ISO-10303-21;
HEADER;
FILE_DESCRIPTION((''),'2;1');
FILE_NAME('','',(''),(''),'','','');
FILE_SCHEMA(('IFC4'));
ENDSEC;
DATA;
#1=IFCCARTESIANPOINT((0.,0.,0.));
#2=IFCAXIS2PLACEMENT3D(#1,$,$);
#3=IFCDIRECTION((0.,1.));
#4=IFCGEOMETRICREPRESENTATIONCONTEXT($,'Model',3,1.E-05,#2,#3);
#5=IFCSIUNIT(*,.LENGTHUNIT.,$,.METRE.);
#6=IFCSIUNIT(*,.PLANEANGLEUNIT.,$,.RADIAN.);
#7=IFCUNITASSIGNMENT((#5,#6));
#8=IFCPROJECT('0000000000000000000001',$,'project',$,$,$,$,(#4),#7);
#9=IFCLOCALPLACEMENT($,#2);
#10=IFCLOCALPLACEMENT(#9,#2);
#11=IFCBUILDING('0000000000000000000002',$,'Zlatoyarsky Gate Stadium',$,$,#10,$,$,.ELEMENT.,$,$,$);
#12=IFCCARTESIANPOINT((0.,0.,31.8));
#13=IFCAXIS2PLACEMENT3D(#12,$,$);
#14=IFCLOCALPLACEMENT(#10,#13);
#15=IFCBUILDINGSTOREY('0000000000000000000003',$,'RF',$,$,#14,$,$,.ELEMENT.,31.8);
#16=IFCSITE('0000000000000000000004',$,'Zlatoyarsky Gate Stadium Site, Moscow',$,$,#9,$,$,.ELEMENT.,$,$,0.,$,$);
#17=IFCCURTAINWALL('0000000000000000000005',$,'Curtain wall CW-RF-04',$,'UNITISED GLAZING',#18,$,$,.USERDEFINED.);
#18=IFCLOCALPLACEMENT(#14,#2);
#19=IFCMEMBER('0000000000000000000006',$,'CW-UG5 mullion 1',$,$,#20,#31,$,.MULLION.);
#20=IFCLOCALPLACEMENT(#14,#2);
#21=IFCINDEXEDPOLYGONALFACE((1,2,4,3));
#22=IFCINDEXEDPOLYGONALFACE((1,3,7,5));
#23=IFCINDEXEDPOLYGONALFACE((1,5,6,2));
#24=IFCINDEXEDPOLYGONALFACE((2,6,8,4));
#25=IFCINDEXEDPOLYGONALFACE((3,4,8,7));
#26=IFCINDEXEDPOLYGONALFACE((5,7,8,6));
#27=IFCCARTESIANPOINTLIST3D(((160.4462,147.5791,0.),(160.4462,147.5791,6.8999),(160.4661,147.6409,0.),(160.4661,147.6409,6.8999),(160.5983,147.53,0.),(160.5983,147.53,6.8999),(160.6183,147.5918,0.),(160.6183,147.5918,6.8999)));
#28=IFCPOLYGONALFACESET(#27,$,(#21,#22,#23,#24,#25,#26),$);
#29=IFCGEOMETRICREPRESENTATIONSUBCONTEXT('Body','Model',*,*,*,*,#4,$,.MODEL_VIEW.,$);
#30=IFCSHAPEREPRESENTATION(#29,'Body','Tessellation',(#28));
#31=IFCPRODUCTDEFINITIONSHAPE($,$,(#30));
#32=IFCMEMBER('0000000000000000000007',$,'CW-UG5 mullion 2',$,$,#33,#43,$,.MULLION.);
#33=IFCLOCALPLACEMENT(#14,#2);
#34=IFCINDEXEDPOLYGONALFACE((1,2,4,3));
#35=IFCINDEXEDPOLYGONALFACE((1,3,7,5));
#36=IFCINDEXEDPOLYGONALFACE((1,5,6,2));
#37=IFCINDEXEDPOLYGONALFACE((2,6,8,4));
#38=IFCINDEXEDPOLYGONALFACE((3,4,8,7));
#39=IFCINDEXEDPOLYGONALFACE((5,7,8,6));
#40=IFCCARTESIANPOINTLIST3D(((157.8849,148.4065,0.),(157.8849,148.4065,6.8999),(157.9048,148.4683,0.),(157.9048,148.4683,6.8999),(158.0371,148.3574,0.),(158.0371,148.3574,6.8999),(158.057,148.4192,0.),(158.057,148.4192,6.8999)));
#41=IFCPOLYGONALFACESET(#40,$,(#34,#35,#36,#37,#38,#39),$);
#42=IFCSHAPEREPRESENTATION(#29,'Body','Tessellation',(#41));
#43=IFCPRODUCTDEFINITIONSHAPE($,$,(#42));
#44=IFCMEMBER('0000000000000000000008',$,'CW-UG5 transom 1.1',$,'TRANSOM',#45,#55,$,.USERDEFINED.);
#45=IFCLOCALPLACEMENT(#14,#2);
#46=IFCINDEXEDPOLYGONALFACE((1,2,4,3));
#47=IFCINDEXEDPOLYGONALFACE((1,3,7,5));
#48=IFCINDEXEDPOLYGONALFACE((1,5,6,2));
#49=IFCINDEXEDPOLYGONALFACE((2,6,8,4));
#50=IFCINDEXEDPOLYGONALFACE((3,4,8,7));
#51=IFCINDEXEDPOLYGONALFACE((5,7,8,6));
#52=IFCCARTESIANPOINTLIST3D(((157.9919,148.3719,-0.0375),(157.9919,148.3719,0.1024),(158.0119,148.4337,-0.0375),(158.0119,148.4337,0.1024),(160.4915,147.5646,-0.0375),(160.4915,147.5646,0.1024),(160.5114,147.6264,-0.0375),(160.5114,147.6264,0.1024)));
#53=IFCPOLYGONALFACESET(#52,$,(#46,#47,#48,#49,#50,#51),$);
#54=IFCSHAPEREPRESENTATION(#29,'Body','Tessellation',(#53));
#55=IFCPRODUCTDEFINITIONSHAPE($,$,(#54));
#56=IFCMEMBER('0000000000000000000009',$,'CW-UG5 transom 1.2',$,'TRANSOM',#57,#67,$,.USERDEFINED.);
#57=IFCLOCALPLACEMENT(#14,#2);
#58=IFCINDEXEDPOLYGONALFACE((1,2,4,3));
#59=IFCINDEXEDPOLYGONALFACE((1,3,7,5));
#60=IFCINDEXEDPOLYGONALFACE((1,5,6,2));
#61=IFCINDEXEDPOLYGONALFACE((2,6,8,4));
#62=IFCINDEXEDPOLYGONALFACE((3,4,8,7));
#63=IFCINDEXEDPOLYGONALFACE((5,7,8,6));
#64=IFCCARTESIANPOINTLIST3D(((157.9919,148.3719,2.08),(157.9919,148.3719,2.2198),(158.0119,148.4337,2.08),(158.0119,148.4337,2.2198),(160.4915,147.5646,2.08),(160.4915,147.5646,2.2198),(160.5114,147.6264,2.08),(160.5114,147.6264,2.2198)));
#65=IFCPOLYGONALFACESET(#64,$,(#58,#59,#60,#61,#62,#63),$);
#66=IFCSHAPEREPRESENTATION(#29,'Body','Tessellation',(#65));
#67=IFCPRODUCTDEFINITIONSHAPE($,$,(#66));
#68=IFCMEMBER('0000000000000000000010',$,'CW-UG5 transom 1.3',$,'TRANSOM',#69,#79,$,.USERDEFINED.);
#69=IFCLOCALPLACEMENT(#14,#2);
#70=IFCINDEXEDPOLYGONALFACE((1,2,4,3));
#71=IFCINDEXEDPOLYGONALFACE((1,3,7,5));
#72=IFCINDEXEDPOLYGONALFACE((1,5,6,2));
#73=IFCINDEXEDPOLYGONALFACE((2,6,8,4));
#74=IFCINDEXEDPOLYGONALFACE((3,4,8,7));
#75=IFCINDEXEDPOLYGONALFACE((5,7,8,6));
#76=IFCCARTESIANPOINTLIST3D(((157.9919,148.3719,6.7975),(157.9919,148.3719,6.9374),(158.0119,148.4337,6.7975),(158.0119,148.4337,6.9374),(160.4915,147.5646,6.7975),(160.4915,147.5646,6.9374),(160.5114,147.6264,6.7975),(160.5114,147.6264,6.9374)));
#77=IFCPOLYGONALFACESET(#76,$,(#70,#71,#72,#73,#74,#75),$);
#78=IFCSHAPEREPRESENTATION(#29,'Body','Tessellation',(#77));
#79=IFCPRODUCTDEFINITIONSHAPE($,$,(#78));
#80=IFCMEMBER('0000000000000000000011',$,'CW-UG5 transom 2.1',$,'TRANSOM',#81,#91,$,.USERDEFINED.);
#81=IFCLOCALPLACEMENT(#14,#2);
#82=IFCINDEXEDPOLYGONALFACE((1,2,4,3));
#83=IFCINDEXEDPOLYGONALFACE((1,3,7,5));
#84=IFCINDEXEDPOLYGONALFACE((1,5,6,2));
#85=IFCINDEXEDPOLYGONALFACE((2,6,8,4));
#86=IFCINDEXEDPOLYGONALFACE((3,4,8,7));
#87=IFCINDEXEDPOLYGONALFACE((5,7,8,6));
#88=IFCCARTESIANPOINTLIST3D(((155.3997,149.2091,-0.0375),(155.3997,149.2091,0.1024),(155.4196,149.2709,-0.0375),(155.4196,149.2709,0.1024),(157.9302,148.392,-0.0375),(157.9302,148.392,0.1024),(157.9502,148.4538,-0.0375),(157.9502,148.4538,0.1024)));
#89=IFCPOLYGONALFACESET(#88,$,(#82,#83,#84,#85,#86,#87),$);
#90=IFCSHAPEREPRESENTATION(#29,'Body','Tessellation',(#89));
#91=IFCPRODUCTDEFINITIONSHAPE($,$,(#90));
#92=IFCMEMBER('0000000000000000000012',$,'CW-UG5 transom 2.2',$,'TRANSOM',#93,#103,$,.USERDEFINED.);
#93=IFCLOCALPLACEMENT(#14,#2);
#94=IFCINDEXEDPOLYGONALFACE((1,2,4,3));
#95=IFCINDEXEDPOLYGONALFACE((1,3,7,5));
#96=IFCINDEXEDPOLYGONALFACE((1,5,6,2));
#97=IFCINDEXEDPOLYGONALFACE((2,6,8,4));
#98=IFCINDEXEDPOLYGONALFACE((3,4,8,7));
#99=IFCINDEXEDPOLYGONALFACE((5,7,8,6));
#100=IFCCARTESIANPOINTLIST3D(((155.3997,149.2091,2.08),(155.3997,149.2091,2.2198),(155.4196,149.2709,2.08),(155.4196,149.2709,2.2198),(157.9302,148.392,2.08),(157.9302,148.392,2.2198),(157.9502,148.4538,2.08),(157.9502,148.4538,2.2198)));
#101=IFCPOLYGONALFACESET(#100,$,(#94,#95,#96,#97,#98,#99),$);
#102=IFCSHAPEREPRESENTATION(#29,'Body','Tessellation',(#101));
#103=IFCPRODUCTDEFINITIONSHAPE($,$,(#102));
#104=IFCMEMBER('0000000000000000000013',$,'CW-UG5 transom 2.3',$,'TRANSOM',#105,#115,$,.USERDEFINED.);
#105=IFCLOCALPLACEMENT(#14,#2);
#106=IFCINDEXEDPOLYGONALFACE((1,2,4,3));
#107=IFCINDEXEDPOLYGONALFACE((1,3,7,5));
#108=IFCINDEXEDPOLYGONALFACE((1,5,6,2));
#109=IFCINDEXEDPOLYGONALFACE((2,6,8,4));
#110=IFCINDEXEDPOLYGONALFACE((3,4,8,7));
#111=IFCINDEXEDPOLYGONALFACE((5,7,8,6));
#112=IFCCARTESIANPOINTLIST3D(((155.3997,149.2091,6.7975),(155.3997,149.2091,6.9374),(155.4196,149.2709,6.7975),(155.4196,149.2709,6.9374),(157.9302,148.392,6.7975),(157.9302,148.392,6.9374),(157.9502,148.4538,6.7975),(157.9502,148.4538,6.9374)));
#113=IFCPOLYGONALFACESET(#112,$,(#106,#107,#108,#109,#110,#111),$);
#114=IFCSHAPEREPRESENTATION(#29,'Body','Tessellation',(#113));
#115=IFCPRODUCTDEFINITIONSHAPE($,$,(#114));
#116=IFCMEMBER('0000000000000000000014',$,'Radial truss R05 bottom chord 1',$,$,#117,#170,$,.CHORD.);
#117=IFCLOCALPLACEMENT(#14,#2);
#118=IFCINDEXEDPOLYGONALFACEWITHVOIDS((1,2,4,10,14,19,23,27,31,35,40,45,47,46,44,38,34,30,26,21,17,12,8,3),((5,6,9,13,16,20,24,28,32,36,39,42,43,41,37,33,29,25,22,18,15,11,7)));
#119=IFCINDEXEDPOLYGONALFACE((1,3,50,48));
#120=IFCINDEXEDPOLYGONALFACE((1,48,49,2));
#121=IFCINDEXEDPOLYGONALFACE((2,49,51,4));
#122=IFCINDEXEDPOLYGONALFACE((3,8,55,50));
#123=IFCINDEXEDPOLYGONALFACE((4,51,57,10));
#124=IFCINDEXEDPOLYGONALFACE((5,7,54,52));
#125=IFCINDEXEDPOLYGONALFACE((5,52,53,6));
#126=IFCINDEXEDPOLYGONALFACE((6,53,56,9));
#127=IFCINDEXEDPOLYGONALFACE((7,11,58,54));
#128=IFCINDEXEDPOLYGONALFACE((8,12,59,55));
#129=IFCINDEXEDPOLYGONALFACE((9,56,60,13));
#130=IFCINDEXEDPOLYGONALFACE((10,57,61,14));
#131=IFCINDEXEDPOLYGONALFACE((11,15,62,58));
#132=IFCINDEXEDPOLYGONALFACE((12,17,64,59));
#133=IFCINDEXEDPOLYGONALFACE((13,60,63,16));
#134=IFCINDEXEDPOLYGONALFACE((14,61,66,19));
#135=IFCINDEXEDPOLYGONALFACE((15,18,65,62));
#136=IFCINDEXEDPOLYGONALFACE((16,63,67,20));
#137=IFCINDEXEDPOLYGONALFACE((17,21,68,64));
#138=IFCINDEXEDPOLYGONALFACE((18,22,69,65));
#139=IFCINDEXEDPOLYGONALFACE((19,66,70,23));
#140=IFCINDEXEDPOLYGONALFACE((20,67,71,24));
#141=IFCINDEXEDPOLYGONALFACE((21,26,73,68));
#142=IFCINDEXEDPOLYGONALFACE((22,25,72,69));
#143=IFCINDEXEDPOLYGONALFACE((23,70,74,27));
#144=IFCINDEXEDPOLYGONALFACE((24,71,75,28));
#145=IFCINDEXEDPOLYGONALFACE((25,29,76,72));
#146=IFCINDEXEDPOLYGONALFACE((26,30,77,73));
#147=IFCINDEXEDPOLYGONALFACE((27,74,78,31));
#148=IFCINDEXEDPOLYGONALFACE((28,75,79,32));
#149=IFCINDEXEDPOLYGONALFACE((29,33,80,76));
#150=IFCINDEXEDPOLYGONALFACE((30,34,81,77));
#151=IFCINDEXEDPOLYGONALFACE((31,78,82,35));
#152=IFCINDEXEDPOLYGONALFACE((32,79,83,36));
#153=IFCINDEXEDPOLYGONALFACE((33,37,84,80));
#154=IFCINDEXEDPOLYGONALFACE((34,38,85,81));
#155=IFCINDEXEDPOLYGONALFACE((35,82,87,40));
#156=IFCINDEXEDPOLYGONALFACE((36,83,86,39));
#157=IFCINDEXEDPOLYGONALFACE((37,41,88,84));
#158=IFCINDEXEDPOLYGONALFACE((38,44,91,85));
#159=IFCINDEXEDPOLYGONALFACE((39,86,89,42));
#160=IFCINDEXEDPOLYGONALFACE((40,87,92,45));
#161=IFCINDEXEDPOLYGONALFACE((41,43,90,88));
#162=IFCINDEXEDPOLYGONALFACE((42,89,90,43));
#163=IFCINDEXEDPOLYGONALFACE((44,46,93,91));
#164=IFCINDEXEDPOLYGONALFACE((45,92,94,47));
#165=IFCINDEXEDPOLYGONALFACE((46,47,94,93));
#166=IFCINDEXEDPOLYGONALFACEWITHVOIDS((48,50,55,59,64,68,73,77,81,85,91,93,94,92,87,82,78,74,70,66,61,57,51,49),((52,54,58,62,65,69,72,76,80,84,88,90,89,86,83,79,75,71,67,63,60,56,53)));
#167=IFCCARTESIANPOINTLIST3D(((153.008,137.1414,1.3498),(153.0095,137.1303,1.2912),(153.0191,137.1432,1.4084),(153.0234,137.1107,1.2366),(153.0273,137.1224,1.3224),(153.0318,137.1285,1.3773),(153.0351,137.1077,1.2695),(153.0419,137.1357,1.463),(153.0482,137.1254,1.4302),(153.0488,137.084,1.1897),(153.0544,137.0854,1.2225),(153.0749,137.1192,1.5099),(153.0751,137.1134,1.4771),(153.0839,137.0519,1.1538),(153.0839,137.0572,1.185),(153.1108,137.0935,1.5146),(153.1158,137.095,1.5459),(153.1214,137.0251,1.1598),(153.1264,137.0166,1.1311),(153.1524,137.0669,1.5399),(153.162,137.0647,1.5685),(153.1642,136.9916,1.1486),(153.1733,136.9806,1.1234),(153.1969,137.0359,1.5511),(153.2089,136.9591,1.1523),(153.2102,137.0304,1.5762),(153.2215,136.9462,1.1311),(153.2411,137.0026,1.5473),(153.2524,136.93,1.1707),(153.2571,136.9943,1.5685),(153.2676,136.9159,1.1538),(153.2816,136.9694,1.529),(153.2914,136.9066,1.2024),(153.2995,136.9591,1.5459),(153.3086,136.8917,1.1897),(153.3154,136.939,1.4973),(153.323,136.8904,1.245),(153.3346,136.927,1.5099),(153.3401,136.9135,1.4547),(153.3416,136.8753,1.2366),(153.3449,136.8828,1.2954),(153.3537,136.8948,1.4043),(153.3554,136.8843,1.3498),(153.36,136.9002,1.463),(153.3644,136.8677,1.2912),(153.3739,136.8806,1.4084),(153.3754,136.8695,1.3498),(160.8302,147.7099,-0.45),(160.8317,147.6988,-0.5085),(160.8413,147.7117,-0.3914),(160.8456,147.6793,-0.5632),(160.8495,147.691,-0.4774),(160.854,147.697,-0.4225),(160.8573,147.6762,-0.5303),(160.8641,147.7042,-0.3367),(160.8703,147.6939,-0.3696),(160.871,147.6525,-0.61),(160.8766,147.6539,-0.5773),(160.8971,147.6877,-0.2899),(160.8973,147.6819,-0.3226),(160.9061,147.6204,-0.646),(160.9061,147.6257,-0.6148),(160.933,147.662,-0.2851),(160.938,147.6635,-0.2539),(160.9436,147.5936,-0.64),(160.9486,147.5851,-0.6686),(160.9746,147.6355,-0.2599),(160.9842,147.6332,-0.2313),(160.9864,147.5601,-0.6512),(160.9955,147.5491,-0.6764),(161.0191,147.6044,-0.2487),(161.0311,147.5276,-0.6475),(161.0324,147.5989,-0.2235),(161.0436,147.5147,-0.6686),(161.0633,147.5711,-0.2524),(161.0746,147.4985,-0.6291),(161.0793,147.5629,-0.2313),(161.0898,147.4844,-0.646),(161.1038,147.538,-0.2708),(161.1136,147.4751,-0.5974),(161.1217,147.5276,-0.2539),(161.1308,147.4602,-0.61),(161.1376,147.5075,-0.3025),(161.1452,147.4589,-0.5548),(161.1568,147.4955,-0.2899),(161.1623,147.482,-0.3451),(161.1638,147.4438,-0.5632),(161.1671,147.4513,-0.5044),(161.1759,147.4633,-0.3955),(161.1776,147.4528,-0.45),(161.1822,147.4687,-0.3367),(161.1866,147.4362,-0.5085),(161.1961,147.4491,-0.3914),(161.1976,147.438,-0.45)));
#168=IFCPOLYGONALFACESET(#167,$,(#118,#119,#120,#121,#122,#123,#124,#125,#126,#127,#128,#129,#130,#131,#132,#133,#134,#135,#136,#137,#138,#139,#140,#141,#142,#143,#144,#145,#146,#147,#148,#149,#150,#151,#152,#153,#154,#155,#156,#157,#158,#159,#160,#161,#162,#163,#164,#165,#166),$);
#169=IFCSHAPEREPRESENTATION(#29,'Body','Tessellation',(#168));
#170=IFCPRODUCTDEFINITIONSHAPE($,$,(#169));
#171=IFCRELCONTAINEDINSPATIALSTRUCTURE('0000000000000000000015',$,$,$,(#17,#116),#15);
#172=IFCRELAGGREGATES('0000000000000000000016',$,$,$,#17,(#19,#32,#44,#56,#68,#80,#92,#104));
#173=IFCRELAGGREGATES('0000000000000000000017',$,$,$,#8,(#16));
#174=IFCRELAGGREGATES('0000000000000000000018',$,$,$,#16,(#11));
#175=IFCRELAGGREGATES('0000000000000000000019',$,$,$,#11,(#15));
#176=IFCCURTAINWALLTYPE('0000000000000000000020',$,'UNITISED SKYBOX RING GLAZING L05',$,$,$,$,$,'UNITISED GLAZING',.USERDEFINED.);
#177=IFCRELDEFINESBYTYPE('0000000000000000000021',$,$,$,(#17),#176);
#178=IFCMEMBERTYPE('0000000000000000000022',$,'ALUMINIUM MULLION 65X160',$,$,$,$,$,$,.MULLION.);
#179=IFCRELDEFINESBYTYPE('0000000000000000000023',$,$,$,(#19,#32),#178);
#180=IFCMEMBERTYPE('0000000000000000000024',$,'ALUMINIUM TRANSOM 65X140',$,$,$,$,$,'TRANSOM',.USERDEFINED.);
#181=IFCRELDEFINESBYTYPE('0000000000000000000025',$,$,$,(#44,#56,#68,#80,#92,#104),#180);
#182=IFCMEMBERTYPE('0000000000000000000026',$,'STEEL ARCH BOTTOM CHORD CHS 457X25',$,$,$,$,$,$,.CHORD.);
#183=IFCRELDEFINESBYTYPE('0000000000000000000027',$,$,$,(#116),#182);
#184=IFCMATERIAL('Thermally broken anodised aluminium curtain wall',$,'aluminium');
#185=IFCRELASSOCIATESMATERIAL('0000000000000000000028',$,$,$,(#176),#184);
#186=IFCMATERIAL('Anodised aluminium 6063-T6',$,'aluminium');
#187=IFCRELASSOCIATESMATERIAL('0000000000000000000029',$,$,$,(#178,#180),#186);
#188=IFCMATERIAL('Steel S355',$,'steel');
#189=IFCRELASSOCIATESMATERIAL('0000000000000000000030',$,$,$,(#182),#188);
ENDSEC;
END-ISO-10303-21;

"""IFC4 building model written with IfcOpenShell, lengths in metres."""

from ifc_helpers import new_model, si_unit, direction, frame, origin, origin_2d, place, context, subcontext, project, spatial, rectangle, hollow_circle, extrude, material, material_profile, profile_set, type_object, element, aggregate, save


model = new_model("IFC4")

# Units and contexts
model_context = context("Model", 3, precision=1e-05, world=origin(), true_north=direction((0.0, 1.0)))
body_context = subcontext(model_context, "Body", "Model", "MODEL_VIEW")
ifc_project = project(units=[si_unit("LENGTHUNIT", "METRE"), si_unit("PLANEANGLEUNIT", "RADIAN")], contexts=[model_context])

# Site, building, storey
site_placement = place(None, origin())
site = spatial("IfcSite", under=ifc_project, at=site_placement, Name="Zlatoyarsky Gate Stadium Site, Moscow", CompositionType="ELEMENT", RefElevation=0.0)
building_placement = place(site_placement, origin())
building = spatial("IfcBuilding", under=site, at=building_placement, Name="Zlatoyarsky Gate Stadium", CompositionType="ELEMENT")
storey_placement = place(building_placement, frame((0.0, 0.0, 31.8)))
storey = spatial("IfcBuildingStorey", under=building, at=storey_placement, Name="RF", CompositionType="ELEMENT", Elevation=31.8)

# Curtain wall, members
ifc_material_1 = material(Name="Thermally broken anodised aluminium curtain wall", Category="aluminium")
curtain_wall_type = type_object("IfcCurtainWallType", Name="UNITISED SKYBOX RING GLAZING L05", ElementType="UNITISED GLAZING", PredefinedType="USERDEFINED", material=ifc_material_1)
curtain_wall_placement = place(storey_placement, origin())
curtain_wall = element("IfcCurtainWall", 1, at=curtain_wall_placement, inside=storey, type_object=curtain_wall_type, Name="Curtain wall CW-RF-04", ObjectType="UNITISED GLAZING", PredefinedType="USERDEFINED")
ifc_material_2 = material(Name="Anodised aluminium 6063-T6", Category="aluminium")
ifc_material_profile_1 = material_profile(ifc_material_2, rectangle(XDim=0.0649, YDim=0.1599, at=origin_2d()), Name="ALU 65X160")
ifc_profile_set_1 = profile_set([ifc_material_profile_1], Name="Anodised aluminium 6063-T6")
member_type_1 = type_object("IfcMemberType", Name="ALUMINIUM MULLION 65X160", PredefinedType="MULLION", material=ifc_profile_set_1)
member_1_placement = place(storey_placement, frame((160.5322, 147.5854, 0.0), z_axis=(0.0, 0.0, 1.0), x_axis=(-0.307352, -0.951596, 0.0)))
member_1 = element("IfcMember", 2, at=member_1_placement, type_object=member_type_1, Name="CW-UG5 mullion 1", PredefinedType="MULLION", context=body_context, shape_type="SweptSolid", body=[
    extrude(rectangle(XDim=0.0649, YDim=0.1599, at=origin_2d()), origin(), (0.0, 0.0, 1.0), 6.8999),
])
member_2_placement = place(storey_placement, frame((157.9709, 148.4128, 0.0), z_axis=(0.0, 0.0, 1.0), x_axis=(-0.307352, -0.951596, 0.0)))
member_2 = element("IfcMember", 3, at=member_2_placement, type_object=member_type_1, Name="CW-UG5 mullion 2", PredefinedType="MULLION", context=body_context, shape_type="SweptSolid", body=[
    extrude(rectangle(XDim=0.0649, YDim=0.1599, at=origin_2d()), origin(), (0.0, 0.0, 1.0), 6.8999),
])
ifc_material_profile_2 = material_profile(ifc_material_2, rectangle(XDim=0.0649, YDim=0.1399, at=origin_2d()), Name="ALU 65X140")
ifc_profile_set_2 = profile_set([ifc_material_profile_2], Name="Anodised aluminium 6063-T6")
member_type_2 = type_object("IfcMemberType", Name="ALUMINIUM TRANSOM 65X140", ElementType="TRANSOM", PredefinedType="USERDEFINED", material=ifc_profile_set_2)
member_3_placement = place(storey_placement, frame((160.5015, 147.5955, 0.0325), z_axis=(-0.951589, 0.307375, 0.0), x_axis=(-0.307375, -0.951589, 0.0)))
member_3 = element("IfcMember", 4, at=member_3_placement, type_object=member_type_2, Name="CW-UG5 transom 1.1", ObjectType="TRANSOM", PredefinedType="USERDEFINED", context=body_context, shape_type="SweptSolid", body=[
    extrude(rectangle(XDim=0.0649, YDim=0.1399, at=origin_2d()), origin(), (0.0, 0.0, 1.0), 2.6267),
])
member_4_placement = place(storey_placement, frame((160.5015, 147.5955, 2.1499), z_axis=(-0.951589, 0.307375, 0.0), x_axis=(-0.307375, -0.951589, 0.0)))
member_4 = element("IfcMember", 5, at=member_4_placement, type_object=member_type_2, Name="CW-UG5 transom 1.2", ObjectType="TRANSOM", PredefinedType="USERDEFINED", context=body_context, shape_type="SweptSolid", body=[
    extrude(rectangle(XDim=0.0649, YDim=0.1399, at=origin_2d()), origin(), (0.0, 0.0, 1.0), 2.6267),
])
member_5_placement = place(storey_placement, frame((160.5015, 147.5955, 6.8674), z_axis=(-0.951589, 0.307375, 0.0), x_axis=(-0.307375, -0.951589, 0.0)))
member_5 = element("IfcMember", 6, at=member_5_placement, type_object=member_type_2, Name="CW-UG5 transom 1.3", ObjectType="TRANSOM", PredefinedType="USERDEFINED", context=body_context, shape_type="SweptSolid", body=[
    extrude(rectangle(XDim=0.0649, YDim=0.1399, at=origin_2d()), origin(), (0.0, 0.0, 1.0), 2.6267),
])
member_6_placement = place(storey_placement, frame((157.9402, 148.4229, 0.0325), z_axis=(-0.951616, 0.30729, 0.0), x_axis=(-0.30729, -0.951616, 0.0)))
member_6 = element("IfcMember", 7, at=member_6_placement, type_object=member_type_2, Name="CW-UG5 transom 2.1", ObjectType="TRANSOM", PredefinedType="USERDEFINED", context=body_context, shape_type="SweptSolid", body=[
    extrude(rectangle(XDim=0.0649, YDim=0.1399, at=origin_2d()), origin(), (0.0, 0.0, 1.0), 2.6592),
])
member_7_placement = place(storey_placement, frame((157.9402, 148.4229, 2.1499), z_axis=(-0.951616, 0.30729, 0.0), x_axis=(-0.30729, -0.951616, 0.0)))
member_7 = element("IfcMember", 8, at=member_7_placement, type_object=member_type_2, Name="CW-UG5 transom 2.2", ObjectType="TRANSOM", PredefinedType="USERDEFINED", context=body_context, shape_type="SweptSolid", body=[
    extrude(rectangle(XDim=0.0649, YDim=0.1399, at=origin_2d()), origin(), (0.0, 0.0, 1.0), 2.6592),
])
member_8_placement = place(storey_placement, frame((157.9402, 148.4229, 6.8674), z_axis=(-0.951616, 0.30729, 0.0), x_axis=(-0.30729, -0.951616, 0.0)))
member_8 = element("IfcMember", 9, at=member_8_placement, type_object=member_type_2, Name="CW-UG5 transom 2.3", ObjectType="TRANSOM", PredefinedType="USERDEFINED", context=body_context, shape_type="SweptSolid", body=[
    extrude(rectangle(XDim=0.0649, YDim=0.1399, at=origin_2d()), origin(), (0.0, 0.0, 1.0), 2.6592),
])

# Member
ifc_material_3 = material(Name="Steel S355", Category="steel")
ifc_material_profile_3 = material_profile(ifc_material_3, hollow_circle(Radius=0.2285, WallThickness=0.0249, at=origin_2d()), Name="CHS 457X25")
ifc_profile_set_3 = profile_set([ifc_material_profile_3], Name="Steel S355")
member_type_3 = type_object("IfcMemberType", Name="STEEL ARCH BOTTOM CHORD CHS 457X25", PredefinedType="CHORD", material=ifc_profile_set_3)
member_9_placement = place(storey_placement, frame((161.0139, 147.574, -0.45), z_axis=(-0.58942, -0.796361, 0.135618), x_axis=(0.803787, -0.594917, 0.0)))
element("IfcMember", 10, at=member_9_placement, inside=storey, type_object=member_type_3, Name="Radial truss R05 bottom chord 1", PredefinedType="CHORD", context=body_context, shape_type="SweptSolid", body=[
    extrude(hollow_circle(Radius=0.2285, WallThickness=0.0249, at=origin_2d()), origin(), (0.0, 0.0, 1.0), 13.271),
])

aggregate(curtain_wall, [member_1, member_2, member_3, member_4, member_5, member_6, member_7, member_8])

save(model, "model.ifc")
